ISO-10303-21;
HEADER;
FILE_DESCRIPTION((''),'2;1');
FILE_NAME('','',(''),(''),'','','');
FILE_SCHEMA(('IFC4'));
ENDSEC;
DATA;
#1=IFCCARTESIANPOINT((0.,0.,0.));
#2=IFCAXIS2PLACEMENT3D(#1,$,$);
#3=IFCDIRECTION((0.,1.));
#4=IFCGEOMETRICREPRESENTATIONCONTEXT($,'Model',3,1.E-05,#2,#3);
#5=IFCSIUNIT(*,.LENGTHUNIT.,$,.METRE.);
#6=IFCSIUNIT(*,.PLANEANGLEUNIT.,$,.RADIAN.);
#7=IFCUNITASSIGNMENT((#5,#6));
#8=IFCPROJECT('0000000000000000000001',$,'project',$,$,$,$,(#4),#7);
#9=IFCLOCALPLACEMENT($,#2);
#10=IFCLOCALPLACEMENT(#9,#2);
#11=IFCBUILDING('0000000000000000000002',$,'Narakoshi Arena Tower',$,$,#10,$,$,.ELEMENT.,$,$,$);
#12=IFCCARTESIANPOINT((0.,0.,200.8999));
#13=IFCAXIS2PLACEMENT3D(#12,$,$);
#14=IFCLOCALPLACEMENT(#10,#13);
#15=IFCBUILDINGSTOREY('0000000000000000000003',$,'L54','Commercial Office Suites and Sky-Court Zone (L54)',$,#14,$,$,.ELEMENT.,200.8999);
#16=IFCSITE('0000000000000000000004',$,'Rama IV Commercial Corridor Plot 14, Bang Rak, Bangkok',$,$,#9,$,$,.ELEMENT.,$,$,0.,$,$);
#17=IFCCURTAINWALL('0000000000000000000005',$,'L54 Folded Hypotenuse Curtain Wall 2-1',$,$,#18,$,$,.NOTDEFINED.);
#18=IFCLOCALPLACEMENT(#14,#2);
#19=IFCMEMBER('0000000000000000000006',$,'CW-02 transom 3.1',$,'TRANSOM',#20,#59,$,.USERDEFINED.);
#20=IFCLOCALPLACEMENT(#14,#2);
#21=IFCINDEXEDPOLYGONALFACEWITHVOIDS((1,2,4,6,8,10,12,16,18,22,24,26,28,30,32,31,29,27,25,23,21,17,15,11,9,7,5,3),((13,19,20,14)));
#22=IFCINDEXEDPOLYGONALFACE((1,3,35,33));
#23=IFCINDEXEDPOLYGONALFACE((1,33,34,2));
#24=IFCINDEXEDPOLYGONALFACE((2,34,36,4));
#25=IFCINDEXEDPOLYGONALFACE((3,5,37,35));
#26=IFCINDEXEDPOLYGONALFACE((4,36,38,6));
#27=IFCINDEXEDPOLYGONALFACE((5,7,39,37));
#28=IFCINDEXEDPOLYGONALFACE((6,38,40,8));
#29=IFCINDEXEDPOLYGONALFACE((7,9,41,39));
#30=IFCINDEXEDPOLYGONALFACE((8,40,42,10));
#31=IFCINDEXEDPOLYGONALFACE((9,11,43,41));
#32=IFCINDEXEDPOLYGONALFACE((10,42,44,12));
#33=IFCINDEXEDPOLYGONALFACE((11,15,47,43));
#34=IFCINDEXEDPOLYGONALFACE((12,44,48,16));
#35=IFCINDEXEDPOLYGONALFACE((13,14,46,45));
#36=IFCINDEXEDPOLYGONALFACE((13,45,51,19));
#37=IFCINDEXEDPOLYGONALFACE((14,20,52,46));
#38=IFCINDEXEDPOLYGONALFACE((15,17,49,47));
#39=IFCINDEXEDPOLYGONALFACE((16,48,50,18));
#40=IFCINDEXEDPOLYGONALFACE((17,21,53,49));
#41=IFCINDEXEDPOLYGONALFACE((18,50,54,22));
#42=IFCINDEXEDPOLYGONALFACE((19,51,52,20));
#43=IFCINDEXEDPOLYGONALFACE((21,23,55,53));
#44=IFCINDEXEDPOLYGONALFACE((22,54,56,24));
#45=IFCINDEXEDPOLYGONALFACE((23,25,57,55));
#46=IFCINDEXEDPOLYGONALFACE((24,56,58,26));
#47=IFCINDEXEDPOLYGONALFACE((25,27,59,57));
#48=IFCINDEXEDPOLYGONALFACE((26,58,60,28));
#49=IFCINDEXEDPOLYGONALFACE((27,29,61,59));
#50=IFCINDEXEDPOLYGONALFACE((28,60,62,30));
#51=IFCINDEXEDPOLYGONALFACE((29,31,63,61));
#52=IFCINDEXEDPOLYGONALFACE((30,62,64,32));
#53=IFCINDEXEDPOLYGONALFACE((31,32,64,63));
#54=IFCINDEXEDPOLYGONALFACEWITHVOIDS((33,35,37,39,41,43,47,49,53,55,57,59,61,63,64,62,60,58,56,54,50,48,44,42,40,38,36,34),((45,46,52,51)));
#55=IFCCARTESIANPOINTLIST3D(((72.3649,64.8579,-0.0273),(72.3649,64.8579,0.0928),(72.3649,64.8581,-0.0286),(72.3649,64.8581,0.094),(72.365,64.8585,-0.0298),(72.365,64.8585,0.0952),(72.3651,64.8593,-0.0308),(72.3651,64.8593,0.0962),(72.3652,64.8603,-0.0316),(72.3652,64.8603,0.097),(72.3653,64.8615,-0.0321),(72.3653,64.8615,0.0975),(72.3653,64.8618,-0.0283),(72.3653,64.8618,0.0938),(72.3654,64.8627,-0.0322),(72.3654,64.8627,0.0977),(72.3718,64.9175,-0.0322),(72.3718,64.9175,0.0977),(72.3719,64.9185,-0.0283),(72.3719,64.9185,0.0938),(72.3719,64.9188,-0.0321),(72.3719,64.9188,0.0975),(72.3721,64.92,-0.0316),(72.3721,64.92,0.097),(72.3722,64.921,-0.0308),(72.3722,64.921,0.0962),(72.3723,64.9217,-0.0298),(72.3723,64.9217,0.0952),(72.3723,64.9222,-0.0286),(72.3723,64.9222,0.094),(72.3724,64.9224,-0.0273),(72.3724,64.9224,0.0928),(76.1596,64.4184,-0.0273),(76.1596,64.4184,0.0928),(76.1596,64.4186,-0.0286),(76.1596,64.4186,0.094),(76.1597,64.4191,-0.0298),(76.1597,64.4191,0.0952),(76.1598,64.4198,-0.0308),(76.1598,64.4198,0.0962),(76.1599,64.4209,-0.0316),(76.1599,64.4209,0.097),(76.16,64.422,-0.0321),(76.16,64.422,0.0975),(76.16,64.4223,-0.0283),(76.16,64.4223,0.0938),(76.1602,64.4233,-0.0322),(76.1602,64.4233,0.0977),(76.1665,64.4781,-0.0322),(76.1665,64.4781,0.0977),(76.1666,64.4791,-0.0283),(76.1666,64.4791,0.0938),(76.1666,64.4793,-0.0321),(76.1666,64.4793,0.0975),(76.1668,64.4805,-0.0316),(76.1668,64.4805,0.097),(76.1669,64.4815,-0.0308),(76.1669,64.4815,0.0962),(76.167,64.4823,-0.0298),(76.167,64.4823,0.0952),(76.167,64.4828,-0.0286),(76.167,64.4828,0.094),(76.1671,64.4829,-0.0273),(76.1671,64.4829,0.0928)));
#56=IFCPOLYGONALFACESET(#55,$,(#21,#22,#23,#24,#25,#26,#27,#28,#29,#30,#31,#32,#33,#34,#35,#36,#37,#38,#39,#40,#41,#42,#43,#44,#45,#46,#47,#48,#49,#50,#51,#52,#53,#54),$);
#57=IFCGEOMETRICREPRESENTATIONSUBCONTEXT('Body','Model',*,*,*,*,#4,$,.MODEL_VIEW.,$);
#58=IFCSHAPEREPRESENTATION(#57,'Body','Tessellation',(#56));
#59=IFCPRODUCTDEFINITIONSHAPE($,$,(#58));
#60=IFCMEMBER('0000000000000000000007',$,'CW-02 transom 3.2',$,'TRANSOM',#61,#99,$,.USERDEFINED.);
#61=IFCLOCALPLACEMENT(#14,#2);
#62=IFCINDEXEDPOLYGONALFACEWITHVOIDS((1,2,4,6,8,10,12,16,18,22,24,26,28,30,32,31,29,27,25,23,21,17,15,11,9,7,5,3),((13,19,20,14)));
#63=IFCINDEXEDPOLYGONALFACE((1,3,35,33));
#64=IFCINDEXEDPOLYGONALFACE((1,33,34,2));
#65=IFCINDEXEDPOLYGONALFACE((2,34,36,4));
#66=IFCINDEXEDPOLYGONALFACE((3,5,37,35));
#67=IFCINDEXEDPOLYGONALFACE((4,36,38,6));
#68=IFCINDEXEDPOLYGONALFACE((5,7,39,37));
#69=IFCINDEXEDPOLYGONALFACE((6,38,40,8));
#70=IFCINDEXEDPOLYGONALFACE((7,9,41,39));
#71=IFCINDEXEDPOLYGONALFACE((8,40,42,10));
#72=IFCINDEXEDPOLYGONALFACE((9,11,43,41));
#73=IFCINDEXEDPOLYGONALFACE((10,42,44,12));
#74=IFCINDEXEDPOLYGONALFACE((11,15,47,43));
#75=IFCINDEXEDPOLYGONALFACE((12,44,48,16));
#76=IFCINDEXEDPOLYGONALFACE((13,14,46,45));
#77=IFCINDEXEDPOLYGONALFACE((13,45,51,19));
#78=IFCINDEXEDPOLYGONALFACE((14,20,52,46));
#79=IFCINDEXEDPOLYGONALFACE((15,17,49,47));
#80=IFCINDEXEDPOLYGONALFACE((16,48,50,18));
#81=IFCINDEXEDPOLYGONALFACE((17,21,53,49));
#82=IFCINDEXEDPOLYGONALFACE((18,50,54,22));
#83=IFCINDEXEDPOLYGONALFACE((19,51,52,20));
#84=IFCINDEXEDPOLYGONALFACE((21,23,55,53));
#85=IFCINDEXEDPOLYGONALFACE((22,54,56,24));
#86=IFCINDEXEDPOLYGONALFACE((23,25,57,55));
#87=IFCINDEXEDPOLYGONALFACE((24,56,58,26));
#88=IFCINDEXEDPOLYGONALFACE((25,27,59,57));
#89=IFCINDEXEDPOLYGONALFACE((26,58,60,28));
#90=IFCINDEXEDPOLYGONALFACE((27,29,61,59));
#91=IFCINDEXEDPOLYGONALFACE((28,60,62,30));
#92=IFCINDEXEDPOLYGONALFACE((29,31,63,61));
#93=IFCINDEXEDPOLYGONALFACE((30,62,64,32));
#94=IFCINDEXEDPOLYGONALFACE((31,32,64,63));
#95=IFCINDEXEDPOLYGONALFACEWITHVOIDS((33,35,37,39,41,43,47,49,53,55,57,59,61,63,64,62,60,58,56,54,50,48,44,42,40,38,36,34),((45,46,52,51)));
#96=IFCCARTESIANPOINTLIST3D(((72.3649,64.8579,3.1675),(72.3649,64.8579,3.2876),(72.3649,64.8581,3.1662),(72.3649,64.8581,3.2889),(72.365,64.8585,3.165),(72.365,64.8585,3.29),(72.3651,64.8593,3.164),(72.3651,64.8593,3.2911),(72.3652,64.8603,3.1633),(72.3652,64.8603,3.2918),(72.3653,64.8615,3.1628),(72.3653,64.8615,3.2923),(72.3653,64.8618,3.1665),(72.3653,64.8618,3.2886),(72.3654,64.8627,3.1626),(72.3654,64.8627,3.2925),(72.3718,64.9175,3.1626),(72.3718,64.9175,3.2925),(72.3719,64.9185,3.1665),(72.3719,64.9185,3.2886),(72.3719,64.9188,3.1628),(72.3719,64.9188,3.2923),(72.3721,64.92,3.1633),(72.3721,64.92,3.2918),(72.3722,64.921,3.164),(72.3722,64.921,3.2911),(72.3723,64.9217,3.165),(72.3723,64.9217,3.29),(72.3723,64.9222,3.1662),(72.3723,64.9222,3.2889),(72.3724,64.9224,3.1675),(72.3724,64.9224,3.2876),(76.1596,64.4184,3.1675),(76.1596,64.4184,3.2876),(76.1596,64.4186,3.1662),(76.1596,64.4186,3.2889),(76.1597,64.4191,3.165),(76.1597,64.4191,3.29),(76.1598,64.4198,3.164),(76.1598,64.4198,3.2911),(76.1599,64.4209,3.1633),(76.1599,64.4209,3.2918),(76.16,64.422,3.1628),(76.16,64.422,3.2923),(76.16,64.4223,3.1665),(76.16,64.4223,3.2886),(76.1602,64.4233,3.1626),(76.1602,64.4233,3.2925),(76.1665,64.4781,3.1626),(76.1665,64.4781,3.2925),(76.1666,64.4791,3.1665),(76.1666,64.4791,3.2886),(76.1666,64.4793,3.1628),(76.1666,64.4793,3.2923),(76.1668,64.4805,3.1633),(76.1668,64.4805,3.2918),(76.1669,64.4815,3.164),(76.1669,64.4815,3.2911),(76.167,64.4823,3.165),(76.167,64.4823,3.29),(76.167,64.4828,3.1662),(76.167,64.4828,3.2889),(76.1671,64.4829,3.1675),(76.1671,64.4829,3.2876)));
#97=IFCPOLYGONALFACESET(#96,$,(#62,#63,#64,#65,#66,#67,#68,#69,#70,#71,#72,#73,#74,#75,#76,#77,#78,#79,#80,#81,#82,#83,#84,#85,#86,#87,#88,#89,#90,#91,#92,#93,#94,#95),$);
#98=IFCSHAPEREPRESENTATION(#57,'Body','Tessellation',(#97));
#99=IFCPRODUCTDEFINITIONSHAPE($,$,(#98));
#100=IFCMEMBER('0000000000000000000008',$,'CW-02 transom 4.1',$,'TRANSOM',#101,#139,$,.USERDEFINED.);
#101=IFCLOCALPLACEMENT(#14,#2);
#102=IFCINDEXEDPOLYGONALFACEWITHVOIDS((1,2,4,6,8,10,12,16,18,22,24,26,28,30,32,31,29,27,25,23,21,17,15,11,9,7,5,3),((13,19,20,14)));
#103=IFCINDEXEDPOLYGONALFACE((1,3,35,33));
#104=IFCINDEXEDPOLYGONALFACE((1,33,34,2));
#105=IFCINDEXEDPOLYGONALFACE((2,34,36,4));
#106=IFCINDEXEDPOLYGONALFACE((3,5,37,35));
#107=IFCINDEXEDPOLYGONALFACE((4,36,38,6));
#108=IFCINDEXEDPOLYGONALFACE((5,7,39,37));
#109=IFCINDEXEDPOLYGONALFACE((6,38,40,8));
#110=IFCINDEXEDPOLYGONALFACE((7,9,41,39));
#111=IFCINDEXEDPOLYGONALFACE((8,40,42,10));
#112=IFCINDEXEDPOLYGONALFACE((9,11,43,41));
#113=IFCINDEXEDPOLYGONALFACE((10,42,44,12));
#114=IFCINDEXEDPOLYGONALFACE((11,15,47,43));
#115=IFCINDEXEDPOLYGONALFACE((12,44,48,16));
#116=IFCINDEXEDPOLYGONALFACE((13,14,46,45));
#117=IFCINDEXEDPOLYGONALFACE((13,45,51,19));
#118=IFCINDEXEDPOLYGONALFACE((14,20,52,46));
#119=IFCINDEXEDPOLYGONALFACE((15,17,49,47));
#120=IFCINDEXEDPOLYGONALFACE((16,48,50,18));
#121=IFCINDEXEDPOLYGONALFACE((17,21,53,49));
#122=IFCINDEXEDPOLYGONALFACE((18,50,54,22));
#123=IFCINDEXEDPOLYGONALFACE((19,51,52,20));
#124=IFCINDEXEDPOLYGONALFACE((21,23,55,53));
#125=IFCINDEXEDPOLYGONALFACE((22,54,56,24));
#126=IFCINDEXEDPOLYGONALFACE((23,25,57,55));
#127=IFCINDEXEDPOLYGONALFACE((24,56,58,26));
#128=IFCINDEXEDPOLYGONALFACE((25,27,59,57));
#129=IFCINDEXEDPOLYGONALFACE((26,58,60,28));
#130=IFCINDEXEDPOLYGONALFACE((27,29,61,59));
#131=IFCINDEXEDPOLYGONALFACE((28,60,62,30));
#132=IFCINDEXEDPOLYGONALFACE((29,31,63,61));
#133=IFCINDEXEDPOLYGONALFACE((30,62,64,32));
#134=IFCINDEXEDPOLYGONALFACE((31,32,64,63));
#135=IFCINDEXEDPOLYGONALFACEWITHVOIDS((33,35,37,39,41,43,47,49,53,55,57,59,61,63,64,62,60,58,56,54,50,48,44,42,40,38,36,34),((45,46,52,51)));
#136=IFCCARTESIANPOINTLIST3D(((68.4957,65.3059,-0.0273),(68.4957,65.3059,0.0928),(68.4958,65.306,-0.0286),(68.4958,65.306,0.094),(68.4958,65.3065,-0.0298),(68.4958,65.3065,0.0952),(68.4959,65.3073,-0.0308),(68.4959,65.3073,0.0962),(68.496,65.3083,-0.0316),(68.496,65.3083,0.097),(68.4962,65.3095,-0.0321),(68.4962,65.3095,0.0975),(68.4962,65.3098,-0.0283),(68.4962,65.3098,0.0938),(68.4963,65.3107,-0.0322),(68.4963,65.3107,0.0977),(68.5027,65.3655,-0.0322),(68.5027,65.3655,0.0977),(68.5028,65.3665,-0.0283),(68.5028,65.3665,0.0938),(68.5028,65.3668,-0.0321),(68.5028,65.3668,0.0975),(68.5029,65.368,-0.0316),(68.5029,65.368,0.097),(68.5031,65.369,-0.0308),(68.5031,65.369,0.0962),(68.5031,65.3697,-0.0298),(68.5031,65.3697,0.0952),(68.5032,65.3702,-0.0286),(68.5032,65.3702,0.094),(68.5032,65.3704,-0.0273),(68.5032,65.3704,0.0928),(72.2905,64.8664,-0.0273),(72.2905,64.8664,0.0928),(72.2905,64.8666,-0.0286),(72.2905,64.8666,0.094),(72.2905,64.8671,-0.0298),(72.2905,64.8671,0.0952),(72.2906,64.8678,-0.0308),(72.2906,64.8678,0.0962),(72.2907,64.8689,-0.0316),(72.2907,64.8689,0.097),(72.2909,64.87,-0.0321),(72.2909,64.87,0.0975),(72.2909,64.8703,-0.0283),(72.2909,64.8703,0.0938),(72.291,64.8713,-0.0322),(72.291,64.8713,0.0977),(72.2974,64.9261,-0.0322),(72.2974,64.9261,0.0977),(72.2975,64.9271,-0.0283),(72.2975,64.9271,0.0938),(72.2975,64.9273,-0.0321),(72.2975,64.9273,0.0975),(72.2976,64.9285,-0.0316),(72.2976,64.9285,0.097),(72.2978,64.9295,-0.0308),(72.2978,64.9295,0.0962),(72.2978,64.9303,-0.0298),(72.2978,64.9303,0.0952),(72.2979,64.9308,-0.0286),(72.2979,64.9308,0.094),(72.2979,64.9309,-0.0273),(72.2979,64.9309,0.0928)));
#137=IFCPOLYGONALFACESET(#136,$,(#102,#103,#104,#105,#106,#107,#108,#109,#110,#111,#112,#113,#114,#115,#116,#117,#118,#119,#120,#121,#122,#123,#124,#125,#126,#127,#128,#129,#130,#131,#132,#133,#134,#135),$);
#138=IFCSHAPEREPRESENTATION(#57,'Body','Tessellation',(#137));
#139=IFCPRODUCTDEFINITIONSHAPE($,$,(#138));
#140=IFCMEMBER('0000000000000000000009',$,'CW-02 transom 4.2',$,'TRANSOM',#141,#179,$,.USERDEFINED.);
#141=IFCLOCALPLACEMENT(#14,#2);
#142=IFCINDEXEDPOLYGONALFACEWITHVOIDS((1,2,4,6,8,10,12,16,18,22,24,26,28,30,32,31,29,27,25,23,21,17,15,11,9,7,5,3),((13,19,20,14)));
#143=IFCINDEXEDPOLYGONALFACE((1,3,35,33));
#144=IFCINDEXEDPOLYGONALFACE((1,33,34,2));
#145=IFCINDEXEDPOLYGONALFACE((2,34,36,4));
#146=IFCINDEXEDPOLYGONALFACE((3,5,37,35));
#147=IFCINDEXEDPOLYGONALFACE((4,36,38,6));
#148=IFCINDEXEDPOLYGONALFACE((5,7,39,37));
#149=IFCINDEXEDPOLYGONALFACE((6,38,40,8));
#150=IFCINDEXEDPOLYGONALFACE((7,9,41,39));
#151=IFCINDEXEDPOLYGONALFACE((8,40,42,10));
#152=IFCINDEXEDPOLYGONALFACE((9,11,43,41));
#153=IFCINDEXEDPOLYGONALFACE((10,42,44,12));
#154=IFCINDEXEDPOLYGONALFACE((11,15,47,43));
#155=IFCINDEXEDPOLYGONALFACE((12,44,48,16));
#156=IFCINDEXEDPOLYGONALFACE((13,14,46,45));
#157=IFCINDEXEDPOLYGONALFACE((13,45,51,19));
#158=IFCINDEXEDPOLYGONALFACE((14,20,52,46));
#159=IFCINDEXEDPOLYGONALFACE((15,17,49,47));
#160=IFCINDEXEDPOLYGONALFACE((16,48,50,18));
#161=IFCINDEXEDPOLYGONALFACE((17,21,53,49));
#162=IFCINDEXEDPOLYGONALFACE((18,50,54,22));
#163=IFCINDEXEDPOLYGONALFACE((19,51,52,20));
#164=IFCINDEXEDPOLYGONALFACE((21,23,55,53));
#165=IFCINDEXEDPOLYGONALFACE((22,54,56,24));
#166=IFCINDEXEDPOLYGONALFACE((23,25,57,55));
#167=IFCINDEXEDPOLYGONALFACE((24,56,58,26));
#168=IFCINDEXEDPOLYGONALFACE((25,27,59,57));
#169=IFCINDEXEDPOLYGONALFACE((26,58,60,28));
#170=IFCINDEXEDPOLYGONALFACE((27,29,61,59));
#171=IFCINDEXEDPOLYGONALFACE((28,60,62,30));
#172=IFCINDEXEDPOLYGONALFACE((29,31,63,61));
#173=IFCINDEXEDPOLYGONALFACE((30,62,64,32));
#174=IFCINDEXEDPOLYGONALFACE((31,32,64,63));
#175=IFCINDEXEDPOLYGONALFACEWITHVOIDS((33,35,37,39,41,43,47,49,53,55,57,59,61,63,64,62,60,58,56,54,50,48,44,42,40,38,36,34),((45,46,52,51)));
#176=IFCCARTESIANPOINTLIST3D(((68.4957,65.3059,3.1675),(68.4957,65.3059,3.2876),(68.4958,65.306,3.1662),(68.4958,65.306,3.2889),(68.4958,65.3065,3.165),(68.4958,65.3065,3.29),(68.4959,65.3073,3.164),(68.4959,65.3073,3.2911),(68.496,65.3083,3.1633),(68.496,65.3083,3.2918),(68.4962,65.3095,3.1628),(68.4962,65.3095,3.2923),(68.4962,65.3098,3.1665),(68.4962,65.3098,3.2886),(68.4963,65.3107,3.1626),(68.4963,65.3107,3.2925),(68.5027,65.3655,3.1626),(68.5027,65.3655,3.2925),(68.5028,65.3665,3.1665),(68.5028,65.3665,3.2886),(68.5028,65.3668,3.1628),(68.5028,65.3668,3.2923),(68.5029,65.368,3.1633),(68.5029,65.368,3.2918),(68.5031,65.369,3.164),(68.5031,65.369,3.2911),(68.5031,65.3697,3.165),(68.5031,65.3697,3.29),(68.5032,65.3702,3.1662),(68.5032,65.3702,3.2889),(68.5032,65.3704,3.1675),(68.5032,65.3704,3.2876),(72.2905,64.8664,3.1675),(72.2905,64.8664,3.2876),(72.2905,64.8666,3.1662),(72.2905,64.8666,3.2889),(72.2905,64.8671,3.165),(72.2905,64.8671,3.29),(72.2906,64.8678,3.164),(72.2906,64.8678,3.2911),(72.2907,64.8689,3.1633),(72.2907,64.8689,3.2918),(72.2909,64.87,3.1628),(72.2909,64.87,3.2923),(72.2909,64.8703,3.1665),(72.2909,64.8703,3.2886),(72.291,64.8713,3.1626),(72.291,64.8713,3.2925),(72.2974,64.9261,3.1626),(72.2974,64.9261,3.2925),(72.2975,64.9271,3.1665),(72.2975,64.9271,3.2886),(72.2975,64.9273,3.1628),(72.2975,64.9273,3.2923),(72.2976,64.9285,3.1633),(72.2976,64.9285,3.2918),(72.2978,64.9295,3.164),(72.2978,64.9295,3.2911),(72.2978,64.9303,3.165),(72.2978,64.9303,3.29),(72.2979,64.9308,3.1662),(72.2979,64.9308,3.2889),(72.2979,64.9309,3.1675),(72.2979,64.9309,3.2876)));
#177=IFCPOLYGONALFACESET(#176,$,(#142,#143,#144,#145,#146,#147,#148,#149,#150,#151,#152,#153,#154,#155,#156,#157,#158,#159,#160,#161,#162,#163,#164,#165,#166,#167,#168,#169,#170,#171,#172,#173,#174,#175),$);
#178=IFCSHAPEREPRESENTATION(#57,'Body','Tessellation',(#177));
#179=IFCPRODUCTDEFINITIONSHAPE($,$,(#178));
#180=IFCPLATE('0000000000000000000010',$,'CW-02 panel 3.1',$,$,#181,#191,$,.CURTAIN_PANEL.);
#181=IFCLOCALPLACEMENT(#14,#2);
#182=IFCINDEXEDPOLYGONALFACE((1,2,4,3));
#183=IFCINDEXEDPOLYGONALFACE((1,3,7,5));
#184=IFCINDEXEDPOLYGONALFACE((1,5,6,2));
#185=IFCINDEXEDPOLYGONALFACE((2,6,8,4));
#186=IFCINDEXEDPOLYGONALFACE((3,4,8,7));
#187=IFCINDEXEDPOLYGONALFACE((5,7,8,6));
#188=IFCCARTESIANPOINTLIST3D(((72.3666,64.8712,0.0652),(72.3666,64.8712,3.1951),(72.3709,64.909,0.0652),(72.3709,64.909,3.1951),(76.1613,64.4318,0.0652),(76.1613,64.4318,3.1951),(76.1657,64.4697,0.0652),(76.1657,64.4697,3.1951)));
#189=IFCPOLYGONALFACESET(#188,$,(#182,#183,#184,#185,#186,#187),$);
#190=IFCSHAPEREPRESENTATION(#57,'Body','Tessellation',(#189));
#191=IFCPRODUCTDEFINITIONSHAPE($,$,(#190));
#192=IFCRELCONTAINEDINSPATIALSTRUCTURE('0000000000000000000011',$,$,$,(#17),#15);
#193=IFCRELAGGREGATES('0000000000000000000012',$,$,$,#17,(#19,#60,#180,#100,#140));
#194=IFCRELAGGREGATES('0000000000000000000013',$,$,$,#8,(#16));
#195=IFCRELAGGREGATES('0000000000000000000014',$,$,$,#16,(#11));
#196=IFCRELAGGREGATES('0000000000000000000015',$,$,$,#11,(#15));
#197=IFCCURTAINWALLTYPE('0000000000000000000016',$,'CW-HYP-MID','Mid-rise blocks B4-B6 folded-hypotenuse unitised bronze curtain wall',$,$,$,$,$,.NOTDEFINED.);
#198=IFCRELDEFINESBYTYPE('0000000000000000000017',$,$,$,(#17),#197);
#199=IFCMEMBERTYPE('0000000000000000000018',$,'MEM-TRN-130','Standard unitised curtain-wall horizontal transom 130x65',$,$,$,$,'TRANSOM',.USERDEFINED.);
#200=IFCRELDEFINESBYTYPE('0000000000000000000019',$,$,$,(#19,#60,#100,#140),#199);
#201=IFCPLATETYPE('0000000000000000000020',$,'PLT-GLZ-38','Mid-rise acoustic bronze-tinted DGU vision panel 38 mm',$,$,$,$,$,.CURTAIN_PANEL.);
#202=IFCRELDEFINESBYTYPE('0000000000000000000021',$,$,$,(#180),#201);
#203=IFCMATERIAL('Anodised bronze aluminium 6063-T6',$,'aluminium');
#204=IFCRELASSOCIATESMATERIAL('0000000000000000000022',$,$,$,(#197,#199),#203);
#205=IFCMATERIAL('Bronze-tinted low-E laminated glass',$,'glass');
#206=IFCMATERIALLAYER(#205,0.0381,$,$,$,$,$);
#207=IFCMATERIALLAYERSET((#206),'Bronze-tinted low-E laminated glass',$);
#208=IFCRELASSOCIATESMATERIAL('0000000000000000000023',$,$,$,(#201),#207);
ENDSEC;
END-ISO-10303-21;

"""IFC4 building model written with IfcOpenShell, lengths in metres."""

from ifc_helpers import new_model, si_unit, direction, frame, origin, origin_2d, place, context, subcontext, project, spatial, rectangle, hollow_rectangle, extrude, material, layer, layer_set, material_profile, profile_set, type_object, element, aggregate, save


model = new_model("IFC4")

# Units and contexts
model_context = context("Model", 3, precision=1e-05, world=origin(), true_north=direction((0.0, 1.0)))
body_context = subcontext(model_context, "Body", "Model", "MODEL_VIEW")
ifc_project = project(units=[si_unit("LENGTHUNIT", "METRE"), si_unit("PLANEANGLEUNIT", "RADIAN")], contexts=[model_context])

# Site, building, storey
site_placement = place(None, origin())
site = spatial("IfcSite", under=ifc_project, at=site_placement, Name="Rama IV Commercial Corridor Plot 14, Bang Rak, Bangkok", CompositionType="ELEMENT", RefElevation=0.0)
building_placement = place(site_placement, origin())
building = spatial("IfcBuilding", under=site, at=building_placement, Name="Narakoshi Arena Tower", CompositionType="ELEMENT")
storey_placement = place(building_placement, frame((0.0, 0.0, 200.8999)))
storey = spatial("IfcBuildingStorey", under=building, at=storey_placement, Name="L54", Description="Commercial Office Suites and Sky-Court Zone (L54)", CompositionType="ELEMENT", Elevation=200.8999)

# Curtain wall, members, plate
ifc_material_1 = material(Name="Anodised bronze aluminium 6063-T6", Category="aluminium")
curtain_wall_type = type_object("IfcCurtainWallType", Name="CW-HYP-MID", Description="Mid-rise blocks B4-B6 folded-hypotenuse unitised bronze curtain wall", PredefinedType="NOTDEFINED", material=ifc_material_1)
curtain_wall_placement = place(storey_placement, origin())
curtain_wall = element("IfcCurtainWall", 1, at=curtain_wall_placement, inside=storey, type_object=curtain_wall_type, Name="L54 Folded Hypotenuse Curtain Wall 2-1", PredefinedType="NOTDEFINED")
ifc_material_profile_1 = material_profile(ifc_material_1, hollow_rectangle(XDim=0.0649, YDim=0.1299, WallThickness=0.0039, OuterFilletRadius=0.0049, at=origin_2d()), Name="TRN130x65x4")
ifc_profile_set_1 = profile_set([ifc_material_profile_1], Name="Anodised bronze aluminium 6063-T6")
member_type_1 = type_object("IfcMemberType", Name="MEM-TRN-130", Description="Standard unitised curtain-wall horizontal transom 130x65", ElementType="TRANSOM", PredefinedType="USERDEFINED", material=ifc_profile_set_1)
member_1_placement = place(storey_placement, frame((76.1633, 64.4507, 0.0327), z_axis=(-0.993361, 0.115039, 0.0), x_axis=(-0.115039, -0.993361, 0.0)))
member_1 = element("IfcMember", 2, at=member_1_placement, type_object=member_type_1, Name="CW-02 transom 3.1", ObjectType="TRANSOM", PredefinedType="USERDEFINED", context=body_context, shape_type="SweptSolid", body=[
    extrude(hollow_rectangle(XDim=0.0649, YDim=0.1299, WallThickness=0.0039, OuterFilletRadius=0.0049, at=origin_2d()), origin(), (0.0, 0.0, 1.0), 3.8201),
])
member_2_placement = place(storey_placement, frame((76.1633, 64.4507, 3.2275), z_axis=(-0.993361, 0.115039, 0.0), x_axis=(-0.115039, -0.993361, 0.0)))
member_2 = element("IfcMember", 3, at=member_2_placement, type_object=member_type_1, Name="CW-02 transom 3.2", ObjectType="TRANSOM", PredefinedType="USERDEFINED", context=body_context, shape_type="SweptSolid", body=[
    extrude(hollow_rectangle(XDim=0.0649, YDim=0.1299, WallThickness=0.0039, OuterFilletRadius=0.0049, at=origin_2d()), origin(), (0.0, 0.0, 1.0), 3.8201),
])
member_3_placement = place(storey_placement, frame((72.2942, 64.8987, 0.0327), z_axis=(-0.993361, 0.115039, 0.0), x_axis=(-0.115039, -0.993361, 0.0)))
member_3 = element("IfcMember", 4, at=member_3_placement, type_object=member_type_1, Name="CW-02 transom 4.1", ObjectType="TRANSOM", PredefinedType="USERDEFINED", context=body_context, shape_type="SweptSolid", body=[
    extrude(hollow_rectangle(XDim=0.0649, YDim=0.1299, WallThickness=0.0039, OuterFilletRadius=0.0049, at=origin_2d()), origin(), (0.0, 0.0, 1.0), 3.8201),
])
member_4_placement = place(storey_placement, frame((72.2942, 64.8987, 3.2275), z_axis=(-0.993361, 0.115039, 0.0), x_axis=(-0.115039, -0.993361, 0.0)))
member_4 = element("IfcMember", 5, at=member_4_placement, type_object=member_type_1, Name="CW-02 transom 4.2", ObjectType="TRANSOM", PredefinedType="USERDEFINED", context=body_context, shape_type="SweptSolid", body=[
    extrude(hollow_rectangle(XDim=0.0649, YDim=0.1299, WallThickness=0.0039, OuterFilletRadius=0.0049, at=origin_2d()), origin(), (0.0, 0.0, 1.0), 3.8201),
])
ifc_material_2 = material(Name="Bronze-tinted low-E laminated glass", Category="glass")
ifc_layer_1 = layer(ifc_material_2, 0.0381)
ifc_layer_set_1 = layer_set([ifc_layer_1], Name="Bronze-tinted low-E laminated glass")
plate_type_1 = type_object("IfcPlateType", Name="PLT-GLZ-38", Description="Mid-rise acoustic bronze-tinted DGU vision panel 38 mm", PredefinedType="CURTAIN_PANEL", material=ifc_layer_set_1)
plate_1_placement = place(storey_placement, frame((74.2661, 64.6704, 0.0652), z_axis=(0.0, 0.0, 1.0), x_axis=(-0.993364, 0.115011, 0.0)))
plate_1 = element("IfcPlate", 6, at=plate_1_placement, type_object=plate_type_1, Name="CW-02 panel 3.1", PredefinedType="CURTAIN_PANEL", context=body_context, shape_type="SweptSolid", body=[
    extrude(rectangle(XDim=3.8201, YDim=0.0381, at=origin_2d()), origin(), (0.0, 0.0, 1.0), 3.1299),
])
aggregate(curtain_wall, [member_1, member_2, plate_1, member_3, member_4])

save(model, "model.ifc")
